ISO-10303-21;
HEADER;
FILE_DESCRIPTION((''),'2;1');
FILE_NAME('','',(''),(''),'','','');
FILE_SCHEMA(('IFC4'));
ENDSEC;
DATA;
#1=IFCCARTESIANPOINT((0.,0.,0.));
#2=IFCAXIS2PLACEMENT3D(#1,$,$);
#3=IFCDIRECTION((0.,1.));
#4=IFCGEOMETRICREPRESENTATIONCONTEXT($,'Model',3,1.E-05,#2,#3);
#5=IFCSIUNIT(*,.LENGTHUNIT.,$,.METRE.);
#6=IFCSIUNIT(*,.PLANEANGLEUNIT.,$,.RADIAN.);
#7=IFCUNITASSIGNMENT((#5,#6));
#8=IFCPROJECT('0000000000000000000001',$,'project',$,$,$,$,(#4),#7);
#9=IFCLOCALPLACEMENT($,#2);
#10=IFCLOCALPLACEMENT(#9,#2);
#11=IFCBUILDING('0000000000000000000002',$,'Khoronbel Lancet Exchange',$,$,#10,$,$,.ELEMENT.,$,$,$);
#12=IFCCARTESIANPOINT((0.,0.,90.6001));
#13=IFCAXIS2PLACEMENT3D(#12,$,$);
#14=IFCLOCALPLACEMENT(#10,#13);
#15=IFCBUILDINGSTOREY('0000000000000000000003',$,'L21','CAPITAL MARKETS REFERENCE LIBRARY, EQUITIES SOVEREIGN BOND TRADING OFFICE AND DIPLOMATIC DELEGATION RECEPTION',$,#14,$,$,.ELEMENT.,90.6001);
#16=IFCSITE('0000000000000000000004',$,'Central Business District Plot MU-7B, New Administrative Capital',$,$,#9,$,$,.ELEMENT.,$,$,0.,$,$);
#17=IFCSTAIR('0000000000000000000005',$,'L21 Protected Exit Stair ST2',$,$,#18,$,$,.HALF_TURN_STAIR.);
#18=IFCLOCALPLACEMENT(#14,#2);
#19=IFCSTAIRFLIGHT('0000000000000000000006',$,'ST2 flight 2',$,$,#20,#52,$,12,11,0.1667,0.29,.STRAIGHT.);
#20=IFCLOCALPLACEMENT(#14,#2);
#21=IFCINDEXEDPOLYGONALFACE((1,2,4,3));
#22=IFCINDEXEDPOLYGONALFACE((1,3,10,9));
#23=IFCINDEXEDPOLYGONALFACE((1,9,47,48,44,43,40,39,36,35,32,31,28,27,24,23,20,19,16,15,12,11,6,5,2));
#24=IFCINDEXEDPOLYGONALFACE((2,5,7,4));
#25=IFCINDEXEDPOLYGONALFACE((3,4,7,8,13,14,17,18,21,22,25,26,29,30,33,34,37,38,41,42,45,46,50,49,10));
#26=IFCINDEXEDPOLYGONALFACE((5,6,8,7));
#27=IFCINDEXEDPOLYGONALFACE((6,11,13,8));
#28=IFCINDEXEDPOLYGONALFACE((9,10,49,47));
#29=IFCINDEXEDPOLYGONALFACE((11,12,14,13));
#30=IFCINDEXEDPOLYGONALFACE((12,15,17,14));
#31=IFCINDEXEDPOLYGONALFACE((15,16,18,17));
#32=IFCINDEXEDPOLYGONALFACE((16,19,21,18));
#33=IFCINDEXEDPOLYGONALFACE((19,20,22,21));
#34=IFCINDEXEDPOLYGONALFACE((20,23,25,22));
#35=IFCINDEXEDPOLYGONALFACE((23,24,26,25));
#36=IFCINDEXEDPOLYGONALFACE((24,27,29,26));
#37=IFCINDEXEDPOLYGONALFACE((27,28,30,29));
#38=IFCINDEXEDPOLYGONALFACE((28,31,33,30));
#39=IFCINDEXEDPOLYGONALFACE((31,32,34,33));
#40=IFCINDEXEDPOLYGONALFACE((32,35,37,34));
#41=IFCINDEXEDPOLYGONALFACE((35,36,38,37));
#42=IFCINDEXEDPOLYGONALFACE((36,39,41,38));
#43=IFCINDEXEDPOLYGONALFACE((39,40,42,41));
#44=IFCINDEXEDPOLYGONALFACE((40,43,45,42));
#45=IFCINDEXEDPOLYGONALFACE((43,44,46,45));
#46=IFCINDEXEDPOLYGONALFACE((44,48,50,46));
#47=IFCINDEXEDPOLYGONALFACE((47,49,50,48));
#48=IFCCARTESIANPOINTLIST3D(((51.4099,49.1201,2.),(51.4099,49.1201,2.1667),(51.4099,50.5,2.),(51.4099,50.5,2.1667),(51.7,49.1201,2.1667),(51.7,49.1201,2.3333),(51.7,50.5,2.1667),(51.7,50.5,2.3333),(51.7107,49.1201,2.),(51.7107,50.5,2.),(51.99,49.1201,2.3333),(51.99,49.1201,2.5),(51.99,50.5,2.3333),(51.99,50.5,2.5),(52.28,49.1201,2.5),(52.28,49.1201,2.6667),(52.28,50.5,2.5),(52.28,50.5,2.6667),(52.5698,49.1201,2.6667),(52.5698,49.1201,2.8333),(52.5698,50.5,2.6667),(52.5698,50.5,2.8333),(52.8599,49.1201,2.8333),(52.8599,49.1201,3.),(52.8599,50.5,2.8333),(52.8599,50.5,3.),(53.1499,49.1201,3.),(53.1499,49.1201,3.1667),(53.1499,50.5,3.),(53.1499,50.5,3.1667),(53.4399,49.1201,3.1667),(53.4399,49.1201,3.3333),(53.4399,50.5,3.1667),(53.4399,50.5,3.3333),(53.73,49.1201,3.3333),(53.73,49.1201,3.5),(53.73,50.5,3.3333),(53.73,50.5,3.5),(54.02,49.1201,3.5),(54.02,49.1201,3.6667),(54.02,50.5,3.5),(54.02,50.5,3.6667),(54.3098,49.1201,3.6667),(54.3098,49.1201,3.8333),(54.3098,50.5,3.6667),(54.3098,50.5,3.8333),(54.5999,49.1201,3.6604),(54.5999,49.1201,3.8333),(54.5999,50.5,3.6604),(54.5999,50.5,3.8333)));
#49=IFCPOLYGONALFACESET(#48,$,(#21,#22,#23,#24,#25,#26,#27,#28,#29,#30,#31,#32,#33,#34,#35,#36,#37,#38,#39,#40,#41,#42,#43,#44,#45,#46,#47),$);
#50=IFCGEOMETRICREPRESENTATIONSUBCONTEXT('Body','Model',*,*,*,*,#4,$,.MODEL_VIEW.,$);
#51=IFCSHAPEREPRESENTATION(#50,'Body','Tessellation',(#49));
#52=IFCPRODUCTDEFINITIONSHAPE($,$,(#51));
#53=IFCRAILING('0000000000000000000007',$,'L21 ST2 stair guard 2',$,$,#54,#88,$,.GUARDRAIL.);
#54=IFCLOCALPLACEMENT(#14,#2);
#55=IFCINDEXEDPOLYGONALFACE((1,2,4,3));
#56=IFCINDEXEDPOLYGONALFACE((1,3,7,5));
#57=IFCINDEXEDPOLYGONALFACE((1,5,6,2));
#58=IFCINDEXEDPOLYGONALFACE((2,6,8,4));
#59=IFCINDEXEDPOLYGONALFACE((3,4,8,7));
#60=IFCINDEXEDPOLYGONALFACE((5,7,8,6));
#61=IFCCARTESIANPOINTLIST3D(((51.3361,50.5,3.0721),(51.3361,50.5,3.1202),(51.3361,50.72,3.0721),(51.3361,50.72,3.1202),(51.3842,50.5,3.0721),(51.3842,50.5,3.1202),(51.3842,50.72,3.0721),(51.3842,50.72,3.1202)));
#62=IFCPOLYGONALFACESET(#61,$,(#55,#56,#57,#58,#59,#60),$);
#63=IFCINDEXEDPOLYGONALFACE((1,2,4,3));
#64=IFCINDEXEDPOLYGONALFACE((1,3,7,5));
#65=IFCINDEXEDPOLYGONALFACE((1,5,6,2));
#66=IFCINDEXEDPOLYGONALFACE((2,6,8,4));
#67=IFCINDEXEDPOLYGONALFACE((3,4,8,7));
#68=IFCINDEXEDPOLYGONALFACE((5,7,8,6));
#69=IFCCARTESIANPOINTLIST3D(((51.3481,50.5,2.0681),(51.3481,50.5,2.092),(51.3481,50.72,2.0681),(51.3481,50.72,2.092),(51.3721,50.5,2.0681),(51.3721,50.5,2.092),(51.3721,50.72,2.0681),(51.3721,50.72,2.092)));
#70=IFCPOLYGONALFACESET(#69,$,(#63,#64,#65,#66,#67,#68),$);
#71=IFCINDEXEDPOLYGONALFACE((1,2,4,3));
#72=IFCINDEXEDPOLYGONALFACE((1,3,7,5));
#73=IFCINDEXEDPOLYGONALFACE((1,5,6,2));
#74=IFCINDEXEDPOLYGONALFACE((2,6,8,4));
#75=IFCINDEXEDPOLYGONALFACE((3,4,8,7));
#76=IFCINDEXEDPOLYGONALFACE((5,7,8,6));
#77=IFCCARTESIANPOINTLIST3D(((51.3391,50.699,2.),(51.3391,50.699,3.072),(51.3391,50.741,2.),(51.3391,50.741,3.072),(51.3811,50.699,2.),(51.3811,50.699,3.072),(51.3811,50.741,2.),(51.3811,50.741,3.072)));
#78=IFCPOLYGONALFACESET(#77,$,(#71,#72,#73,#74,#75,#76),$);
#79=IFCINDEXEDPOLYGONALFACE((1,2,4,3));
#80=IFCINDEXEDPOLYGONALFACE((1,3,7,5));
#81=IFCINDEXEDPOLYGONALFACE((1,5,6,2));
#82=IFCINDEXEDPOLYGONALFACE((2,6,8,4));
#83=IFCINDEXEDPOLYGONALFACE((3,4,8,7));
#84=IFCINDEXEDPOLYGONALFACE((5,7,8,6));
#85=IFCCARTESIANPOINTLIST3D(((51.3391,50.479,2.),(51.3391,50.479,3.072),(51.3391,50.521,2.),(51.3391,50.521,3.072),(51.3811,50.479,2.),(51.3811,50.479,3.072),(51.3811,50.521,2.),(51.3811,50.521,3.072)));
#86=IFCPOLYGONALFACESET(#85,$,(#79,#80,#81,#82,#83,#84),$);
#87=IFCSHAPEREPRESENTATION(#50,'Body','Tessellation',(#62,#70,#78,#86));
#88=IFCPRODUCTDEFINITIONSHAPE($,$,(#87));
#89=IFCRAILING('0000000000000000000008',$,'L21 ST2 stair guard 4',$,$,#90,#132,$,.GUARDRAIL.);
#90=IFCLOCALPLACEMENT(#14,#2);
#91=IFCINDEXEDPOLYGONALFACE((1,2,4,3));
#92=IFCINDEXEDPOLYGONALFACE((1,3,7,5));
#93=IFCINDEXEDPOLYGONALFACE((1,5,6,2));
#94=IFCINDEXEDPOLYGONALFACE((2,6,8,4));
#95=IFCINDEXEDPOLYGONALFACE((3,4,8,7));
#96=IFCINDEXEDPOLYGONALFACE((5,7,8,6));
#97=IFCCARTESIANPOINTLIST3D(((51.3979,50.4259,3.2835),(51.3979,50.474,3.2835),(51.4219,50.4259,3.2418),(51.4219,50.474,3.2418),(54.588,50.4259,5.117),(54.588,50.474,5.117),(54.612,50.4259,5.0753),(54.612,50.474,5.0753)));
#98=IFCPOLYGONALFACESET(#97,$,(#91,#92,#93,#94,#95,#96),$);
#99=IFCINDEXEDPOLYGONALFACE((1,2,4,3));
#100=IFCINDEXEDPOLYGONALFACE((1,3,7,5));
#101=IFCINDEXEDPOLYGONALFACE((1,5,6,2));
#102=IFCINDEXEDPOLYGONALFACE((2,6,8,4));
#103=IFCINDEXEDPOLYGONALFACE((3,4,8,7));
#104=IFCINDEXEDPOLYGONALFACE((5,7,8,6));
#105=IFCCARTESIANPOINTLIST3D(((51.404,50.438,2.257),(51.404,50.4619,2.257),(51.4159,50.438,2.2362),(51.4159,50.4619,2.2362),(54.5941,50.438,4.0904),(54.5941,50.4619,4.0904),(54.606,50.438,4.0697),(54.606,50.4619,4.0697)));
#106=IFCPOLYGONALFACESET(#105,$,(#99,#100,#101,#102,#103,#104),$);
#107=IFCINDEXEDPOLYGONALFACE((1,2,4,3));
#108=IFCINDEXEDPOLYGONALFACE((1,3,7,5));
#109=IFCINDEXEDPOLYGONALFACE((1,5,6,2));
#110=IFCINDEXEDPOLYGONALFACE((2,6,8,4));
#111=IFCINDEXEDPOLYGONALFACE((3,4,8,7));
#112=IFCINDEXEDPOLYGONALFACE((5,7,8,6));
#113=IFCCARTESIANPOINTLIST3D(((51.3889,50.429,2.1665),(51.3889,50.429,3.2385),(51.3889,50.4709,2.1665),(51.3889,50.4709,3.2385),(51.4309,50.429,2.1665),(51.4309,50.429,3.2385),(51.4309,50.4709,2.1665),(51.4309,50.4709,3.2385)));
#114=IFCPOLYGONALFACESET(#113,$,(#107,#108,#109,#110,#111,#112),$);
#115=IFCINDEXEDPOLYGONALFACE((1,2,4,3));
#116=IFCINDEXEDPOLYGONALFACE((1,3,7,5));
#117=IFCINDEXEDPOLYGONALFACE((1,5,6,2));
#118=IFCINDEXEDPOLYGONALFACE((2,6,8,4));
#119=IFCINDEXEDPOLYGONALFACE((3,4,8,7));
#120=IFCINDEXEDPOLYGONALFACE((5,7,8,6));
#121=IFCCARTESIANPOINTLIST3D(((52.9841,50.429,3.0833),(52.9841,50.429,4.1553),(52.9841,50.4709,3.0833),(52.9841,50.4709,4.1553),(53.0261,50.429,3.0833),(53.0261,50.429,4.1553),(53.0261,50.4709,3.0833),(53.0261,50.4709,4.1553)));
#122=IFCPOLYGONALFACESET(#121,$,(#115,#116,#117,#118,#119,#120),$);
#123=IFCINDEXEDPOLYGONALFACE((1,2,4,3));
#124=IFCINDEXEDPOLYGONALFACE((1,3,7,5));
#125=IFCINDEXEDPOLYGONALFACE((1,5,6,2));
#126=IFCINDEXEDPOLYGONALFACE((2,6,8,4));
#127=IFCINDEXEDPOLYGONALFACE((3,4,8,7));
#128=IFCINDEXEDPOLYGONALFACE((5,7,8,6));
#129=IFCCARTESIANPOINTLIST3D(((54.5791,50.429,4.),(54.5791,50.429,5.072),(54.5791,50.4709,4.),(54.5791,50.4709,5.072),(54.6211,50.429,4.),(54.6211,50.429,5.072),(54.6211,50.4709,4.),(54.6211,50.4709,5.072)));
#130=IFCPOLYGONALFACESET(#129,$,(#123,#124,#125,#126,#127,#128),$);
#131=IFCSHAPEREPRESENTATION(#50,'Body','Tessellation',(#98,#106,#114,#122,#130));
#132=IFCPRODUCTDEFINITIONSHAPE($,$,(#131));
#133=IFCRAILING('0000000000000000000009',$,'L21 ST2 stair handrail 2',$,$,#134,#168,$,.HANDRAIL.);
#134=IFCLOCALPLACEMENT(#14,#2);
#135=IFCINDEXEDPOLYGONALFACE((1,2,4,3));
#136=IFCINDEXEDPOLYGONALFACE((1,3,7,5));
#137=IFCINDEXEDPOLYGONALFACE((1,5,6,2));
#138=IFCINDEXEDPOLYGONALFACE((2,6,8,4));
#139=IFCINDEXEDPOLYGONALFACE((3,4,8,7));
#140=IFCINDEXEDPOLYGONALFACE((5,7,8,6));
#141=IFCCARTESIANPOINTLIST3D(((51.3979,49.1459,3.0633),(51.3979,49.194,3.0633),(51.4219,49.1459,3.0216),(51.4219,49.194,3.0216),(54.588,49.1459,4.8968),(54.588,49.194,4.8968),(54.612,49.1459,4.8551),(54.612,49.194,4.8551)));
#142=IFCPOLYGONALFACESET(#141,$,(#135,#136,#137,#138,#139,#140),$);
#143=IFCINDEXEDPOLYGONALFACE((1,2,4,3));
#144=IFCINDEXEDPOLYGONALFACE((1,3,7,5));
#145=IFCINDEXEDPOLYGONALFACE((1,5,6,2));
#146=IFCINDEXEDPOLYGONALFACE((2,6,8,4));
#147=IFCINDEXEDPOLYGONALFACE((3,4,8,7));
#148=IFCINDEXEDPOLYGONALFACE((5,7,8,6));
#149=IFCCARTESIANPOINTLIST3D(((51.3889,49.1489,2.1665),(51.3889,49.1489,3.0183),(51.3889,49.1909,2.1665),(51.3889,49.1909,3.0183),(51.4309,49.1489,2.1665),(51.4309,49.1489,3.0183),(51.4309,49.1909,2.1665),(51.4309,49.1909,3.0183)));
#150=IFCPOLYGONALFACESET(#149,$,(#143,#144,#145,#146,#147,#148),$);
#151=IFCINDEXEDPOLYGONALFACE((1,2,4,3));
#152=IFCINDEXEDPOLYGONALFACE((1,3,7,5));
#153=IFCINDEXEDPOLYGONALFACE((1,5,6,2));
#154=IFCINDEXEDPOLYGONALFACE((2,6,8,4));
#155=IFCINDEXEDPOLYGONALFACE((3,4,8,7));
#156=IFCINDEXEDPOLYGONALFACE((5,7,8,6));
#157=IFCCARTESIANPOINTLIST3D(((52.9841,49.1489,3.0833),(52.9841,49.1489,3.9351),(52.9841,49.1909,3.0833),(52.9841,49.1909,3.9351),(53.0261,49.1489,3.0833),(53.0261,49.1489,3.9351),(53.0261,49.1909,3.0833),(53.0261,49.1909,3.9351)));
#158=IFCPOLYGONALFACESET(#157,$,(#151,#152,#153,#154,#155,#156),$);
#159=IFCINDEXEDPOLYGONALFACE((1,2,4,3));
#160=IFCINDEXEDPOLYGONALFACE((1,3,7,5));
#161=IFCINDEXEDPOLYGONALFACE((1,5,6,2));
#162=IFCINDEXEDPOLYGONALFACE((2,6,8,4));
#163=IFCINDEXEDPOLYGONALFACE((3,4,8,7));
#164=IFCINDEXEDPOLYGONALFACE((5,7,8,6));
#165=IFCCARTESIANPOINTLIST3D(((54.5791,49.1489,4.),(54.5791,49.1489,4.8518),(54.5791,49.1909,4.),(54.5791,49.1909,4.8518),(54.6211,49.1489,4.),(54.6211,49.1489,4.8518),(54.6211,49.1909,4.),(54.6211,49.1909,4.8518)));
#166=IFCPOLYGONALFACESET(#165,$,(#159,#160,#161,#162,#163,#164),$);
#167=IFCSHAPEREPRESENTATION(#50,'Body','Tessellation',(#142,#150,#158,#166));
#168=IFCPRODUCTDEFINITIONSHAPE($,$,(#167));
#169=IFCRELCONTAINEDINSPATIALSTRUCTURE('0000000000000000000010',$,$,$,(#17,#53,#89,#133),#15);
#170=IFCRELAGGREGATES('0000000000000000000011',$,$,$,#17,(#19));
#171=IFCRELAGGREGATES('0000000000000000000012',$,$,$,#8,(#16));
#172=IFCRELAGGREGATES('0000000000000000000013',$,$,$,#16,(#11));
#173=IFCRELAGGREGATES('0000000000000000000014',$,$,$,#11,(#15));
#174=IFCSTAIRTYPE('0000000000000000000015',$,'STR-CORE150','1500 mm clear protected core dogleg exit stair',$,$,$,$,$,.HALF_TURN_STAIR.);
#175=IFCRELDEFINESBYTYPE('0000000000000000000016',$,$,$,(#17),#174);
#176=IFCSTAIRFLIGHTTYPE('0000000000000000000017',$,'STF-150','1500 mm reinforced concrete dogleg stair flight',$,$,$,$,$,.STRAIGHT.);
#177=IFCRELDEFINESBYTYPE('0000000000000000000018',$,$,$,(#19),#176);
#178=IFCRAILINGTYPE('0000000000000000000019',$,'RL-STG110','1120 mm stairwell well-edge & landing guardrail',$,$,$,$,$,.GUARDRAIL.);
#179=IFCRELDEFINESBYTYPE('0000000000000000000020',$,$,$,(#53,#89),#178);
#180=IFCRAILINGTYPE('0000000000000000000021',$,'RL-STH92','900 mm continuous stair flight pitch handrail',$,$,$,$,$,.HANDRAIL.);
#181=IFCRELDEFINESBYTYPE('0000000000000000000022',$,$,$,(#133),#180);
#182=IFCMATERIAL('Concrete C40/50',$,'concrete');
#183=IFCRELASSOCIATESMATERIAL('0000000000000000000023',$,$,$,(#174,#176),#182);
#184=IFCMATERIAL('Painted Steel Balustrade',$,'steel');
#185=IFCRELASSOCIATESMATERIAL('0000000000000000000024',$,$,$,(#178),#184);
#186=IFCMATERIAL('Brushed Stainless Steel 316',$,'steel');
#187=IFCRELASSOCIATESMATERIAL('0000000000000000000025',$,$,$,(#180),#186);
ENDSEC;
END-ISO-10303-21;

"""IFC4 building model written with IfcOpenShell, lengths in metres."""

from ifc_helpers import new_model, si_unit, direction, frame, origin, origin_2d, place, context, subcontext, project, spatial, polyline, rectangle, outline, extrude, material, type_object, element, aggregate, save


model = new_model("IFC4")

# Units and contexts
model_context = context("Model", 3, precision=1e-05, world=origin(), true_north=direction((0.0, 1.0)))
body_context = subcontext(model_context, "Body", "Model", "MODEL_VIEW")
ifc_project = project(units=[si_unit("LENGTHUNIT", "METRE"), si_unit("PLANEANGLEUNIT", "RADIAN")], contexts=[model_context])

# Site, building, storey
site_placement = place(None, origin())
site = spatial("IfcSite", under=ifc_project, at=site_placement, Name="Central Business District Plot MU-7B, New Administrative Capital", CompositionType="ELEMENT", RefElevation=0.0)
building_placement = place(site_placement, origin())
building = spatial("IfcBuilding", under=site, at=building_placement, Name="Khoronbel Lancet Exchange", CompositionType="ELEMENT")
storey_placement = place(building_placement, frame((0.0, 0.0, 90.6001)))
storey = spatial("IfcBuildingStorey", under=building, at=storey_placement, Name="L21", Description="CAPITAL MARKETS REFERENCE LIBRARY, EQUITIES SOVEREIGN BOND TRADING OFFICE AND DIPLOMATIC DELEGATION RECEPTION", CompositionType="ELEMENT", Elevation=90.6001)

# Stair, stair flight
ifc_material_1 = material(Name="Concrete C40/50", Category="concrete")
stair_type = type_object("IfcStairType", Name="STR-CORE150", Description="1500 mm clear protected core dogleg exit stair", PredefinedType="HALF_TURN_STAIR", material=ifc_material_1)
stair_placement = place(storey_placement, origin())
stair = element("IfcStair", 1, at=stair_placement, inside=storey, type_object=stair_type, Name="L21 Protected Exit Stair ST2", PredefinedType="HALF_TURN_STAIR")
stair_flight_type = type_object("IfcStairFlightType", Name="STF-150", Description="1500 mm reinforced concrete dogleg stair flight", PredefinedType="STRAIGHT", material=ifc_material_1)
stair_flight_placement = place(storey_placement, frame((51.4099, 49.8101, 2.0), z_axis=(0.0, 0.0, 1.0), x_axis=(1.0, 0.0, 0.0)))
stair_flight = element("IfcStairFlight", 2, at=stair_flight_placement, type_object=stair_flight_type, Name="ST2 flight 2", NumberOfRisers=12, NumberOfTreads=11, PredefinedType="STRAIGHT", RiserHeight=0.1667, TreadLength=0.29, context=body_context, shape_type="SweptSolid", body=[
    extrude(outline(polyline([(0.0, 0.0), (0.0, 0.1667), (0.29, 0.1667), (0.29, 0.3333), (0.5801, 0.3333), (0.5801, 0.5), (0.8701, 0.5), (0.8701, 0.6667), (1.1599, 0.6667), (1.1599, 0.8333), (1.45, 0.8333), (1.45, 1.0), (1.74, 1.0), (1.74, 1.1667), (2.03, 1.1667), (2.03, 1.3333), (2.3201, 1.3333), (2.3201, 1.5), (2.6101, 1.5), (2.6101, 1.6667), (2.8999, 1.6667), (2.8999, 1.8333), (3.1899, 1.8333), (3.1899, 2.0), (3.1899, 1.6604), (0.3008, 0.0), (0.0, 0.0)])), frame((0.0, 0.6899, 0.0), z_axis=(0.0, -1.0, 0.0), x_axis=(1.0, 0.0, 0.0)), (0.0, 0.0, 1.0), 1.3799),
])
aggregate(stair, [stair_flight])

# Railings
ifc_material_2 = material(Name="Painted Steel Balustrade", Category="steel")
railing_type_1 = type_object("IfcRailingType", Name="RL-STG110", Description="1120 mm stairwell well-edge & landing guardrail", PredefinedType="GUARDRAIL", material=ifc_material_2)
railing_1_placement = place(storey_placement, frame((51.3601, 50.72, 2.0)))
element("IfcRailing", 3, at=railing_1_placement, inside=storey, type_object=railing_type_1, Name="L21 ST2 stair guard 2", PredefinedType="GUARDRAIL", context=body_context, shape_type="SweptSolid", body=[
    extrude(rectangle(XDim=0.0481, YDim=0.0481, at=origin_2d()), frame((0.0, 0.0, 1.0962), z_axis=(0.0, -1.0, 0.0), x_axis=(1.0, 0.0, 0.0)), (0.0, 0.0, 1.0), 0.22),
    extrude(rectangle(XDim=0.0239, YDim=0.0239, at=origin_2d()), frame((0.0, 0.0, 0.0801), z_axis=(0.0, -1.0, 0.0), x_axis=(1.0, 0.0, 0.0)), (0.0, 0.0, 1.0), 0.22),
    extrude(rectangle(XDim=0.042, YDim=0.042, at=origin_2d()), origin(), (0.0, 0.0, 1.0), 1.072),
    extrude(rectangle(XDim=0.042, YDim=0.042, at=origin_2d()), frame((0.0, -0.22, 0.0)), (0.0, 0.0, 1.0), 1.072),
])
railing_2_placement = place(storey_placement, frame((51.4099, 50.45, 2.1665)))
element("IfcRailing", 4, at=railing_2_placement, inside=storey, type_object=railing_type_1, Name="L21 ST2 stair guard 4", PredefinedType="GUARDRAIL", context=body_context, shape_type="SweptSolid", body=[
    extrude(rectangle(XDim=0.0481, YDim=0.0481, at=origin_2d()), frame((0.0, 0.0, 1.0962), z_axis=(0.867007, 0.0, 0.498295), x_axis=(0.0, 1.0, 0.0)), (0.0, 0.0, 1.0), 3.6794),
    extrude(rectangle(XDim=0.0239, YDim=0.0239, at=origin_2d()), frame((0.0, 0.0, 0.0801), z_axis=(0.867007, 0.0, 0.498295), x_axis=(0.0, 1.0, 0.0)), (0.0, 0.0, 1.0), 3.6794),
    extrude(rectangle(XDim=0.042, YDim=0.042, at=origin_2d()), origin(), (0.0, 0.0, 1.0), 1.072),
    extrude(rectangle(XDim=0.042, YDim=0.042, at=origin_2d()), frame((1.5952, 0.0, 0.9167)), (0.0, 0.0, 1.0), 1.072),
    extrude(rectangle(XDim=0.042, YDim=0.042, at=origin_2d()), frame((3.1902, 0.0, 1.8335)), (0.0, 0.0, 1.0), 1.072),
])
ifc_material_3 = material(Name="Brushed Stainless Steel 316", Category="steel")
railing_type_2 = type_object("IfcRailingType", Name="RL-STH92", Description="900 mm continuous stair flight pitch handrail", PredefinedType="HANDRAIL", material=ifc_material_3)
railing_3_placement = place(storey_placement, frame((51.4099, 49.1699, 2.1665)))
element("IfcRailing", 5, at=railing_3_placement, inside=storey, type_object=railing_type_2, Name="L21 ST2 stair handrail 2", PredefinedType="HANDRAIL", context=body_context, shape_type="SweptSolid", body=[
    extrude(rectangle(XDim=0.0481, YDim=0.0481, at=origin_2d()), frame((0.0, 0.0, 0.876), z_axis=(0.867007, 0.0, 0.498295), x_axis=(0.0, 1.0, 0.0)), (0.0, 0.0, 1.0), 3.6794),
    extrude(rectangle(XDim=0.042, YDim=0.042, at=origin_2d()), origin(), (0.0, 0.0, 1.0), 0.8518),
    extrude(rectangle(XDim=0.042, YDim=0.042, at=origin_2d()), frame((1.5952, 0.0, 0.9167)), (0.0, 0.0, 1.0), 0.8518),
    extrude(rectangle(XDim=0.042, YDim=0.042, at=origin_2d()), frame((3.1902, 0.0, 1.8335)), (0.0, 0.0, 1.0), 0.8518),
])

save(model, "model.ifc")
